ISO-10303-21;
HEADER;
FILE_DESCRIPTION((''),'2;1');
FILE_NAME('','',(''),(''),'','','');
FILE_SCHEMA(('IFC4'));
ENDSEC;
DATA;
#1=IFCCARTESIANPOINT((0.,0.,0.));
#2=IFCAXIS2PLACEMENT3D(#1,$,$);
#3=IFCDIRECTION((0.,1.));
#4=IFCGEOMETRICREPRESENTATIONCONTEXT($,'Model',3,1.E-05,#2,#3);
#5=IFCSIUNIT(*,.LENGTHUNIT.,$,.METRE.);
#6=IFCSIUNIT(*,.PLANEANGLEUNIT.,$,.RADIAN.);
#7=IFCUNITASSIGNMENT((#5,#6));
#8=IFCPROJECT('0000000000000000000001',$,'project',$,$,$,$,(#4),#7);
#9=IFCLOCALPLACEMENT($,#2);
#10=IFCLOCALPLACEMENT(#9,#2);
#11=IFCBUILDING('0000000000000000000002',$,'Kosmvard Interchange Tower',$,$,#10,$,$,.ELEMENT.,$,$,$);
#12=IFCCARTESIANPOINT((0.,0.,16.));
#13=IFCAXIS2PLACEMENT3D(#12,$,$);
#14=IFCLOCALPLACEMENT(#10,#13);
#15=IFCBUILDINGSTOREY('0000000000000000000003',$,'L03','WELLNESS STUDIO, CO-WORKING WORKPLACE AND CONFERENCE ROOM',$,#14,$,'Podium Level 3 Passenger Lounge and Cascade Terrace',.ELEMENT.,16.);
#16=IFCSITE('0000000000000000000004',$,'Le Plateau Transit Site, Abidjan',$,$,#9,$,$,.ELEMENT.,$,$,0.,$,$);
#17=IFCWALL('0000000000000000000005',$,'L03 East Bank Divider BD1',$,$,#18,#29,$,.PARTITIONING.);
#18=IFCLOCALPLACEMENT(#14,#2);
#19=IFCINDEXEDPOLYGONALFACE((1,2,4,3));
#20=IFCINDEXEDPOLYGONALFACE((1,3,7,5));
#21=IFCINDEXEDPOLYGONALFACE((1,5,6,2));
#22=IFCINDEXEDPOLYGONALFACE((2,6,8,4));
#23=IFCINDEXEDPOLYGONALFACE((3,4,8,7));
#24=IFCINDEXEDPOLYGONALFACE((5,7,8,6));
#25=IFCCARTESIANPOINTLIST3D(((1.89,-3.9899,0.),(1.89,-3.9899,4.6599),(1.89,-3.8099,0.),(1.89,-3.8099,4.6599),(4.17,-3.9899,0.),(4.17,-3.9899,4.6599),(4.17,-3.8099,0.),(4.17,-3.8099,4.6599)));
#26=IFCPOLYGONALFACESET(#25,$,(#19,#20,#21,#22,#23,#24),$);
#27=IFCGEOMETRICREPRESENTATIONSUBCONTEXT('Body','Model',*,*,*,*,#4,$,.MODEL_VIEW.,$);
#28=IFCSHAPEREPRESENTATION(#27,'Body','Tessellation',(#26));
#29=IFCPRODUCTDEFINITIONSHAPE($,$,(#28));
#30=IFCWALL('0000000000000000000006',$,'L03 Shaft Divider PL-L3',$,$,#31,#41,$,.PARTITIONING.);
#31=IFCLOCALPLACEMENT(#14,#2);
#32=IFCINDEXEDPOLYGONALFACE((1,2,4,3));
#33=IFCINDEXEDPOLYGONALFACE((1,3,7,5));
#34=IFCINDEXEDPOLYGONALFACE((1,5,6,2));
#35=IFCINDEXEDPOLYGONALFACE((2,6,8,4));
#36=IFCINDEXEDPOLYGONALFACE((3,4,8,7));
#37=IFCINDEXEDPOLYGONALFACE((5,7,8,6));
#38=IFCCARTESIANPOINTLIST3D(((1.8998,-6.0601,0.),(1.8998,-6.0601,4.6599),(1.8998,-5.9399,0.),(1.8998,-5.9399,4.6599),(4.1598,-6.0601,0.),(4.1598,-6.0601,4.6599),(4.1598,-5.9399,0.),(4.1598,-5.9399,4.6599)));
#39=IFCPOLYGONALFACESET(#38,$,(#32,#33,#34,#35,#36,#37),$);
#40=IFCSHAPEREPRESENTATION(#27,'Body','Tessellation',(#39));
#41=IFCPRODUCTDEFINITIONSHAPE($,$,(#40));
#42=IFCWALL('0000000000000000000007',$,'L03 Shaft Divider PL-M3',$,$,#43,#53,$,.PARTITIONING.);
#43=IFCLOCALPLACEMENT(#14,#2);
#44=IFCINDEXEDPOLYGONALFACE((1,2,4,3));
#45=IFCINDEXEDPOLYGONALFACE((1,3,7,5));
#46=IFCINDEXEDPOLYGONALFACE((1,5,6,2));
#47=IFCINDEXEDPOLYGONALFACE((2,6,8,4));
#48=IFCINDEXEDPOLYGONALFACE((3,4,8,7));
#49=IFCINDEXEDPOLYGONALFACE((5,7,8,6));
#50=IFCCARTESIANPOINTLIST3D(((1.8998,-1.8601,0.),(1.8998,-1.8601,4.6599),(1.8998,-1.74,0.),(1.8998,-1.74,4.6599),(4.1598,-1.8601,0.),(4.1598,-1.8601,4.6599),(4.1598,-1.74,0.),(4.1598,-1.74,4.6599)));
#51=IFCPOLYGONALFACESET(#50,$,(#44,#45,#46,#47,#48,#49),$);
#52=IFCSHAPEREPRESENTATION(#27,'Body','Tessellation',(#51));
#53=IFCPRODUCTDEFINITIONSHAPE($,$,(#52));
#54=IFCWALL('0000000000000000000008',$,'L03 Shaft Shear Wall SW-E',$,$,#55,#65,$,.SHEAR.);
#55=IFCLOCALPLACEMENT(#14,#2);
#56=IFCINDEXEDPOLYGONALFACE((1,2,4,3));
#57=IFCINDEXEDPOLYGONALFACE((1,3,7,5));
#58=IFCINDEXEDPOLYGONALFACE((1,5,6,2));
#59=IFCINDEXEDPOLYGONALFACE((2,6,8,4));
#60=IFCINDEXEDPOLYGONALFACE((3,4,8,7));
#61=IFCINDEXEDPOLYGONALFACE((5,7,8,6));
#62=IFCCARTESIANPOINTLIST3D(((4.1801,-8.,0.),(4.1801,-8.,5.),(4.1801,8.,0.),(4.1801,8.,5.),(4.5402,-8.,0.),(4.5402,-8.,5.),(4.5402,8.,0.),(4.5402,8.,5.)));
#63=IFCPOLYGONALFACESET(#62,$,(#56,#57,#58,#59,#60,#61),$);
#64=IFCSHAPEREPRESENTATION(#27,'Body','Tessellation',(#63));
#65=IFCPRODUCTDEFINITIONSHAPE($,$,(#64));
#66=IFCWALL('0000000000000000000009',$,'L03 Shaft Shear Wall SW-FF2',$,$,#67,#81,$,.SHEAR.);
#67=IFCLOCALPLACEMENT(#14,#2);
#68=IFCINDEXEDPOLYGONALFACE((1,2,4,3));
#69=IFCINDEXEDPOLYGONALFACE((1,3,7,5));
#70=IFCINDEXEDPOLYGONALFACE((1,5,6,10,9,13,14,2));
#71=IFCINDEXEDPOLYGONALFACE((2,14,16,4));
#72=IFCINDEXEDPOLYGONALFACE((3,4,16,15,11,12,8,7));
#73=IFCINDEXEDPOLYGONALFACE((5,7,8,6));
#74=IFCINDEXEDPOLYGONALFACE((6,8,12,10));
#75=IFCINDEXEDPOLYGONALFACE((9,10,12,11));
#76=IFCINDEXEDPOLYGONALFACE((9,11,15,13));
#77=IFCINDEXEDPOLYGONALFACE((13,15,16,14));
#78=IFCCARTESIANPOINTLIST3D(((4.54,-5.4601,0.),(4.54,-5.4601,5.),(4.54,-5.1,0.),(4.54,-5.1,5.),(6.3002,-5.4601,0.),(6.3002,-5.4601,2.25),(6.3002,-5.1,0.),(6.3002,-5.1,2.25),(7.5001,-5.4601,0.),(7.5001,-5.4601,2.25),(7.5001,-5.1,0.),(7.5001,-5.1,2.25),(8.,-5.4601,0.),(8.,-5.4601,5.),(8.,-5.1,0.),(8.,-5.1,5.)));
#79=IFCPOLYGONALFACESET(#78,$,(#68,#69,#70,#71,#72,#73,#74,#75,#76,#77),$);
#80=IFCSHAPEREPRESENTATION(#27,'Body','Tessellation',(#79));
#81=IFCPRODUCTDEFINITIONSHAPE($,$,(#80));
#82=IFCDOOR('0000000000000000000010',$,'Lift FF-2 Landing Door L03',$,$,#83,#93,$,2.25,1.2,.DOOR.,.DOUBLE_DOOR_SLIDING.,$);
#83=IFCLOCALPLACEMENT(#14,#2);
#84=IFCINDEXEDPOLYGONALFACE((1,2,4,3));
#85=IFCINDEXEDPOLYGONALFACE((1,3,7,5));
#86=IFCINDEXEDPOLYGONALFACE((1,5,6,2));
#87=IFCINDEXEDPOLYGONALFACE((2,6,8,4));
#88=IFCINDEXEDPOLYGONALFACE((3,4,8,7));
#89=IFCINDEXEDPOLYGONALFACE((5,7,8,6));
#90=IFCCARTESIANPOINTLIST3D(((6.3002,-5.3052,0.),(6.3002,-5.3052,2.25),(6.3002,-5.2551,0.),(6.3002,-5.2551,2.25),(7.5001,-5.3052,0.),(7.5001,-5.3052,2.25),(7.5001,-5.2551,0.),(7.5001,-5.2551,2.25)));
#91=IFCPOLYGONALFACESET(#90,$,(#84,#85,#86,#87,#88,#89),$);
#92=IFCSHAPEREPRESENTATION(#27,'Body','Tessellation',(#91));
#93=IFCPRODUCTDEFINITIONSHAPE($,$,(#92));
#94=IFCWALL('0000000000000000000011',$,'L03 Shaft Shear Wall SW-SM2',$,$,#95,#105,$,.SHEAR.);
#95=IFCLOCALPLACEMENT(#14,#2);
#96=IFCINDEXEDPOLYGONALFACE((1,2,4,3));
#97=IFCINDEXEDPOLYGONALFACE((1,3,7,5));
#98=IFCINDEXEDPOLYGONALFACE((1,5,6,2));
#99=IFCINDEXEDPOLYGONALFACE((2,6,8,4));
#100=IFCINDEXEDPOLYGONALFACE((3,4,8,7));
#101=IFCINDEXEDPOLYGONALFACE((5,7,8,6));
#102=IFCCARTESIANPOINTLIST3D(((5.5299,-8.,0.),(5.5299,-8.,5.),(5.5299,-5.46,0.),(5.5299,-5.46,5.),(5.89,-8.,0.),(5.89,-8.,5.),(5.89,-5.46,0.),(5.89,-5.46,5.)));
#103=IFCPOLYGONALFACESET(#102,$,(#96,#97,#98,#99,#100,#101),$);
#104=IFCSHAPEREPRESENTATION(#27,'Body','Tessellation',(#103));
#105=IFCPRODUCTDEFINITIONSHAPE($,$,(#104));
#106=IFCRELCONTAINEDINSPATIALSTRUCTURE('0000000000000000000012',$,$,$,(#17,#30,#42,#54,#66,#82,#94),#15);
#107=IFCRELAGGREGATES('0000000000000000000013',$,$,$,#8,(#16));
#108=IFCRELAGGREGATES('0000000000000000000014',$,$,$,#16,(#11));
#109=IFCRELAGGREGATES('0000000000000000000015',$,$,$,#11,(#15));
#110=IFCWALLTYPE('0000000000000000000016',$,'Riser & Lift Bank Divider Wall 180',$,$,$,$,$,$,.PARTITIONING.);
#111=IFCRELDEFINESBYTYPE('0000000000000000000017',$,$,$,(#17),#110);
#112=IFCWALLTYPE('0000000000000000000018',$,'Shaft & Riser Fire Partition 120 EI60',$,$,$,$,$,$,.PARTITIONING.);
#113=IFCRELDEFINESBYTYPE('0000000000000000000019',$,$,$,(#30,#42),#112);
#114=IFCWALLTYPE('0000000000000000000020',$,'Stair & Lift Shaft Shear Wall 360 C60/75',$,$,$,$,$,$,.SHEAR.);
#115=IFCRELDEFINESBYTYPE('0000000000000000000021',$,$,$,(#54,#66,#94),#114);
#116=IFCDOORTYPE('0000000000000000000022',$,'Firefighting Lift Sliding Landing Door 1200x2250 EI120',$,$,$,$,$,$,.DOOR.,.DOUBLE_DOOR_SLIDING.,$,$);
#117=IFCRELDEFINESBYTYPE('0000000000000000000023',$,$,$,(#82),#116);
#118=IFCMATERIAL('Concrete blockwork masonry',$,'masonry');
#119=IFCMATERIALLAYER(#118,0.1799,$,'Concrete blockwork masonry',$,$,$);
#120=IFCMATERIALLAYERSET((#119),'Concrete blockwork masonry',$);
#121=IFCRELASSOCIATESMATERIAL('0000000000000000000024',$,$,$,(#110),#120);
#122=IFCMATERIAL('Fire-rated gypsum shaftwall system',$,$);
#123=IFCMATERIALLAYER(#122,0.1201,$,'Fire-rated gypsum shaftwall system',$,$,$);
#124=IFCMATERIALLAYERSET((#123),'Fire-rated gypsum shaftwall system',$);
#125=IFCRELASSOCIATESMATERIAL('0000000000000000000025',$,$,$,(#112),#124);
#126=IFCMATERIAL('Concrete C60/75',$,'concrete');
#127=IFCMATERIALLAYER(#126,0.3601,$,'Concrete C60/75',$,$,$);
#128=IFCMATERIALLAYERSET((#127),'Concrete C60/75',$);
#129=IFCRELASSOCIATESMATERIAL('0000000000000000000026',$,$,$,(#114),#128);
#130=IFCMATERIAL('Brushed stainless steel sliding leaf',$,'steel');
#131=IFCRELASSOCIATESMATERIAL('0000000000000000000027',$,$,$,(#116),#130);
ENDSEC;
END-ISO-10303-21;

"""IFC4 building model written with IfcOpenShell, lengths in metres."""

from ifc_helpers import new_model, si_unit, direction, frame, frame_2d, origin, place, context, subcontext, project, spatial, rectangle, extrude, source, transform, mapped, material, layer, layer_set, type_object, element, fill, save


model = new_model("IFC4")

# Units and contexts
model_context = context("Model", 3, precision=1e-05, world=origin(), true_north=direction((0.0, 1.0)))
body_context = subcontext(model_context, "Body", "Model", "MODEL_VIEW")
ifc_project = project(units=[si_unit("LENGTHUNIT", "METRE"), si_unit("PLANEANGLEUNIT", "RADIAN")], contexts=[model_context])

# Site, building, storey
site_placement = place(None, origin())
site = spatial("IfcSite", under=ifc_project, at=site_placement, Name="Le Plateau Transit Site, Abidjan", CompositionType="ELEMENT", RefElevation=0.0)
building_placement = place(site_placement, origin())
building = spatial("IfcBuilding", under=site, at=building_placement, Name="Kosmvard Interchange Tower", CompositionType="ELEMENT")
storey_placement = place(building_placement, frame((0.0, 0.0, 16.0)))
storey = spatial("IfcBuildingStorey", under=building, at=storey_placement, Name="L03", Description="WELLNESS STUDIO, CO-WORKING WORKPLACE AND CONFERENCE ROOM", LongName="Podium Level 3 Passenger Lounge and Cascade Terrace", CompositionType="ELEMENT", Elevation=16.0)

# Shared definitions
ifc_material_1 = material(Name="Brushed stainless steel sliding leaf", Category="steel")

# Walls
ifc_material_2 = material(Name="Concrete blockwork masonry", Category="masonry")
ifc_layer_1 = layer(ifc_material_2, 0.1799, Name="Concrete blockwork masonry")
ifc_layer_set_1 = layer_set([ifc_layer_1], Name="Concrete blockwork masonry")
wall_type_1 = type_object("IfcWallType", Name="Riser & Lift Bank Divider Wall 180", PredefinedType="PARTITIONING", material=ifc_layer_set_1)
wall_1_placement = place(storey_placement, frame((1.8899, -3.8999, 0.0), z_axis=(0.0, 0.0, 1.0), x_axis=(1.0, 0.0, 0.0)))
element("IfcWall", 1, at=wall_1_placement, inside=storey, type_object=wall_type_1, Name="L03 East Bank Divider BD1", PredefinedType="PARTITIONING", context=body_context, shape_type="SweptSolid", body=[
    extrude(rectangle(XDim=2.28, YDim=0.1799, at=frame_2d((1.1401, 0.0))), origin(), (0.0, 0.0, 1.0), 4.6599),
])
ifc_material_3 = material(Name="Fire-rated gypsum shaftwall system")
ifc_layer_2 = layer(ifc_material_3, 0.1201, Name="Fire-rated gypsum shaftwall system")
ifc_layer_set_2 = layer_set([ifc_layer_2], Name="Fire-rated gypsum shaftwall system")
wall_type_2 = type_object("IfcWallType", Name="Shaft & Riser Fire Partition 120 EI60", PredefinedType="PARTITIONING", material=ifc_layer_set_2)
for number, where, z_axis, x_axis, name in (
    (2, (1.8999, -6.0, 0.0), (0.0, 0.0, 1.0), (1.0, 0.0, 0.0), "L03 Shaft Divider PL-L3"),
    (3, (1.8999, -1.8, 0.0), (0.0, 0.0, 1.0), (1.0, 0.0, 0.0), "L03 Shaft Divider PL-M3"),
):
    element("IfcWall", number, at=place(storey_placement, frame(where, z_axis=z_axis, x_axis=x_axis)), inside=storey, type_object=wall_type_2, Name=name, PredefinedType="PARTITIONING", context=body_context, shape_type="SweptSolid", body=[
        extrude(rectangle(XDim=2.26, YDim=0.1201, at=frame_2d((1.1299, 0.0))), origin(), (0.0, 0.0, 1.0), 4.6599),
    ])
ifc_material_4 = material(Name="Concrete C60/75", Category="concrete")
ifc_layer_3 = layer(ifc_material_4, 0.3601, Name="Concrete C60/75")
ifc_layer_set_3 = layer_set([ifc_layer_3], Name="Concrete C60/75")
wall_type_3 = type_object("IfcWallType", Name="Stair & Lift Shaft Shear Wall 360 C60/75", PredefinedType="SHEAR", material=ifc_layer_set_3)
wall_2_placement = place(storey_placement, frame((4.3601, -8.0, 0.0), z_axis=(0.0, 0.0, 1.0), x_axis=(0.0, 1.0, 0.0)))
element("IfcWall", 4, at=wall_2_placement, inside=storey, type_object=wall_type_3, Name="L03 Shaft Shear Wall SW-E", PredefinedType="SHEAR", context=body_context, shape_type="SweptSolid", body=[
    extrude(rectangle(XDim=16.0, YDim=0.3601, at=frame_2d((8.0, 0.0))), origin(), (0.0, 0.0, 1.0), 5.0),
])

# Wall, opening, door
wall_3_placement = place(storey_placement, frame((4.54, -5.28, 0.0), z_axis=(0.0, 0.0, 1.0), x_axis=(1.0, 0.0, 0.0)))
wall_3 = element("IfcWall", 5, at=wall_3_placement, inside=storey, type_object=wall_type_3, Name="L03 Shaft Shear Wall SW-FF2", PredefinedType="SHEAR", context=body_context, shape_type="SweptSolid", body=[
    extrude(rectangle(XDim=3.46, YDim=0.3601, at=frame_2d((1.73, 0.0))), origin(), (0.0, 0.0, 1.0), 5.0),
])
opening_1_placement = place(wall_3_placement, frame((1.76, 0.0, 0.0)))
opening_1 = element("IfcOpeningElement", 6, at=opening_1_placement, cuts=wall_3, PredefinedType="OPENING", context=body_context, shape_type="SweptSolid", body=[
    extrude(rectangle(XDim=1.2, YDim=2.25, at=frame_2d((0.6001, 1.125))), frame((0.0, 0.1899, 0.0), z_axis=(0.0, -1.0, 0.0), x_axis=(1.0, 0.0, 0.0)), (0.0, 0.0, 1.0), 0.3801),
])
door_type_1 = type_object("IfcDoorType", Name="Firefighting Lift Sliding Landing Door 1200x2250 EI120", OperationType="DOUBLE_DOOR_SLIDING", PredefinedType="DOOR", material=ifc_material_1)
shared_shape_1 = source(origin(), body_context, "Body", "SweptSolid", [
    extrude(rectangle(XDim=1.2, YDim=2.25, at=frame_2d((0.6001, 1.125))), frame((0.0, 0.0249, 0.0), z_axis=(0.0, -1.0, 0.0), x_axis=(1.0, 0.0, 0.0)), (0.0, 0.0, 1.0), 0.05),
])
door_1_placement = place(opening_1_placement, origin())
door_1 = element("IfcDoor", 7, at=door_1_placement, inside=storey, type_object=door_type_1, Name="Lift FF-2 Landing Door L03", OperationType="DOUBLE_DOOR_SLIDING", OverallHeight=2.25, OverallWidth=1.2, PredefinedType="DOOR", context=body_context, shape_type="MappedRepresentation", body=[
    mapped(shared_shape_1, transform((0.0, 0.0, 0.0), scale=1.0)),
])
fill(opening_1, door_1)

# Wall
wall_4_placement = place(storey_placement, frame((5.71, -8.0, 0.0), z_axis=(0.0, 0.0, 1.0), x_axis=(0.0, 1.0, 0.0)))
element("IfcWall", 8, at=wall_4_placement, inside=storey, type_object=wall_type_3, Name="L03 Shaft Shear Wall SW-SM2", PredefinedType="SHEAR", context=body_context, shape_type="SweptSolid", body=[
    extrude(rectangle(XDim=2.54, YDim=0.3601, at=frame_2d((1.27, 0.0))), origin(), (0.0, 0.0, 1.0), 5.0),
])

save(model, "model.ifc")
